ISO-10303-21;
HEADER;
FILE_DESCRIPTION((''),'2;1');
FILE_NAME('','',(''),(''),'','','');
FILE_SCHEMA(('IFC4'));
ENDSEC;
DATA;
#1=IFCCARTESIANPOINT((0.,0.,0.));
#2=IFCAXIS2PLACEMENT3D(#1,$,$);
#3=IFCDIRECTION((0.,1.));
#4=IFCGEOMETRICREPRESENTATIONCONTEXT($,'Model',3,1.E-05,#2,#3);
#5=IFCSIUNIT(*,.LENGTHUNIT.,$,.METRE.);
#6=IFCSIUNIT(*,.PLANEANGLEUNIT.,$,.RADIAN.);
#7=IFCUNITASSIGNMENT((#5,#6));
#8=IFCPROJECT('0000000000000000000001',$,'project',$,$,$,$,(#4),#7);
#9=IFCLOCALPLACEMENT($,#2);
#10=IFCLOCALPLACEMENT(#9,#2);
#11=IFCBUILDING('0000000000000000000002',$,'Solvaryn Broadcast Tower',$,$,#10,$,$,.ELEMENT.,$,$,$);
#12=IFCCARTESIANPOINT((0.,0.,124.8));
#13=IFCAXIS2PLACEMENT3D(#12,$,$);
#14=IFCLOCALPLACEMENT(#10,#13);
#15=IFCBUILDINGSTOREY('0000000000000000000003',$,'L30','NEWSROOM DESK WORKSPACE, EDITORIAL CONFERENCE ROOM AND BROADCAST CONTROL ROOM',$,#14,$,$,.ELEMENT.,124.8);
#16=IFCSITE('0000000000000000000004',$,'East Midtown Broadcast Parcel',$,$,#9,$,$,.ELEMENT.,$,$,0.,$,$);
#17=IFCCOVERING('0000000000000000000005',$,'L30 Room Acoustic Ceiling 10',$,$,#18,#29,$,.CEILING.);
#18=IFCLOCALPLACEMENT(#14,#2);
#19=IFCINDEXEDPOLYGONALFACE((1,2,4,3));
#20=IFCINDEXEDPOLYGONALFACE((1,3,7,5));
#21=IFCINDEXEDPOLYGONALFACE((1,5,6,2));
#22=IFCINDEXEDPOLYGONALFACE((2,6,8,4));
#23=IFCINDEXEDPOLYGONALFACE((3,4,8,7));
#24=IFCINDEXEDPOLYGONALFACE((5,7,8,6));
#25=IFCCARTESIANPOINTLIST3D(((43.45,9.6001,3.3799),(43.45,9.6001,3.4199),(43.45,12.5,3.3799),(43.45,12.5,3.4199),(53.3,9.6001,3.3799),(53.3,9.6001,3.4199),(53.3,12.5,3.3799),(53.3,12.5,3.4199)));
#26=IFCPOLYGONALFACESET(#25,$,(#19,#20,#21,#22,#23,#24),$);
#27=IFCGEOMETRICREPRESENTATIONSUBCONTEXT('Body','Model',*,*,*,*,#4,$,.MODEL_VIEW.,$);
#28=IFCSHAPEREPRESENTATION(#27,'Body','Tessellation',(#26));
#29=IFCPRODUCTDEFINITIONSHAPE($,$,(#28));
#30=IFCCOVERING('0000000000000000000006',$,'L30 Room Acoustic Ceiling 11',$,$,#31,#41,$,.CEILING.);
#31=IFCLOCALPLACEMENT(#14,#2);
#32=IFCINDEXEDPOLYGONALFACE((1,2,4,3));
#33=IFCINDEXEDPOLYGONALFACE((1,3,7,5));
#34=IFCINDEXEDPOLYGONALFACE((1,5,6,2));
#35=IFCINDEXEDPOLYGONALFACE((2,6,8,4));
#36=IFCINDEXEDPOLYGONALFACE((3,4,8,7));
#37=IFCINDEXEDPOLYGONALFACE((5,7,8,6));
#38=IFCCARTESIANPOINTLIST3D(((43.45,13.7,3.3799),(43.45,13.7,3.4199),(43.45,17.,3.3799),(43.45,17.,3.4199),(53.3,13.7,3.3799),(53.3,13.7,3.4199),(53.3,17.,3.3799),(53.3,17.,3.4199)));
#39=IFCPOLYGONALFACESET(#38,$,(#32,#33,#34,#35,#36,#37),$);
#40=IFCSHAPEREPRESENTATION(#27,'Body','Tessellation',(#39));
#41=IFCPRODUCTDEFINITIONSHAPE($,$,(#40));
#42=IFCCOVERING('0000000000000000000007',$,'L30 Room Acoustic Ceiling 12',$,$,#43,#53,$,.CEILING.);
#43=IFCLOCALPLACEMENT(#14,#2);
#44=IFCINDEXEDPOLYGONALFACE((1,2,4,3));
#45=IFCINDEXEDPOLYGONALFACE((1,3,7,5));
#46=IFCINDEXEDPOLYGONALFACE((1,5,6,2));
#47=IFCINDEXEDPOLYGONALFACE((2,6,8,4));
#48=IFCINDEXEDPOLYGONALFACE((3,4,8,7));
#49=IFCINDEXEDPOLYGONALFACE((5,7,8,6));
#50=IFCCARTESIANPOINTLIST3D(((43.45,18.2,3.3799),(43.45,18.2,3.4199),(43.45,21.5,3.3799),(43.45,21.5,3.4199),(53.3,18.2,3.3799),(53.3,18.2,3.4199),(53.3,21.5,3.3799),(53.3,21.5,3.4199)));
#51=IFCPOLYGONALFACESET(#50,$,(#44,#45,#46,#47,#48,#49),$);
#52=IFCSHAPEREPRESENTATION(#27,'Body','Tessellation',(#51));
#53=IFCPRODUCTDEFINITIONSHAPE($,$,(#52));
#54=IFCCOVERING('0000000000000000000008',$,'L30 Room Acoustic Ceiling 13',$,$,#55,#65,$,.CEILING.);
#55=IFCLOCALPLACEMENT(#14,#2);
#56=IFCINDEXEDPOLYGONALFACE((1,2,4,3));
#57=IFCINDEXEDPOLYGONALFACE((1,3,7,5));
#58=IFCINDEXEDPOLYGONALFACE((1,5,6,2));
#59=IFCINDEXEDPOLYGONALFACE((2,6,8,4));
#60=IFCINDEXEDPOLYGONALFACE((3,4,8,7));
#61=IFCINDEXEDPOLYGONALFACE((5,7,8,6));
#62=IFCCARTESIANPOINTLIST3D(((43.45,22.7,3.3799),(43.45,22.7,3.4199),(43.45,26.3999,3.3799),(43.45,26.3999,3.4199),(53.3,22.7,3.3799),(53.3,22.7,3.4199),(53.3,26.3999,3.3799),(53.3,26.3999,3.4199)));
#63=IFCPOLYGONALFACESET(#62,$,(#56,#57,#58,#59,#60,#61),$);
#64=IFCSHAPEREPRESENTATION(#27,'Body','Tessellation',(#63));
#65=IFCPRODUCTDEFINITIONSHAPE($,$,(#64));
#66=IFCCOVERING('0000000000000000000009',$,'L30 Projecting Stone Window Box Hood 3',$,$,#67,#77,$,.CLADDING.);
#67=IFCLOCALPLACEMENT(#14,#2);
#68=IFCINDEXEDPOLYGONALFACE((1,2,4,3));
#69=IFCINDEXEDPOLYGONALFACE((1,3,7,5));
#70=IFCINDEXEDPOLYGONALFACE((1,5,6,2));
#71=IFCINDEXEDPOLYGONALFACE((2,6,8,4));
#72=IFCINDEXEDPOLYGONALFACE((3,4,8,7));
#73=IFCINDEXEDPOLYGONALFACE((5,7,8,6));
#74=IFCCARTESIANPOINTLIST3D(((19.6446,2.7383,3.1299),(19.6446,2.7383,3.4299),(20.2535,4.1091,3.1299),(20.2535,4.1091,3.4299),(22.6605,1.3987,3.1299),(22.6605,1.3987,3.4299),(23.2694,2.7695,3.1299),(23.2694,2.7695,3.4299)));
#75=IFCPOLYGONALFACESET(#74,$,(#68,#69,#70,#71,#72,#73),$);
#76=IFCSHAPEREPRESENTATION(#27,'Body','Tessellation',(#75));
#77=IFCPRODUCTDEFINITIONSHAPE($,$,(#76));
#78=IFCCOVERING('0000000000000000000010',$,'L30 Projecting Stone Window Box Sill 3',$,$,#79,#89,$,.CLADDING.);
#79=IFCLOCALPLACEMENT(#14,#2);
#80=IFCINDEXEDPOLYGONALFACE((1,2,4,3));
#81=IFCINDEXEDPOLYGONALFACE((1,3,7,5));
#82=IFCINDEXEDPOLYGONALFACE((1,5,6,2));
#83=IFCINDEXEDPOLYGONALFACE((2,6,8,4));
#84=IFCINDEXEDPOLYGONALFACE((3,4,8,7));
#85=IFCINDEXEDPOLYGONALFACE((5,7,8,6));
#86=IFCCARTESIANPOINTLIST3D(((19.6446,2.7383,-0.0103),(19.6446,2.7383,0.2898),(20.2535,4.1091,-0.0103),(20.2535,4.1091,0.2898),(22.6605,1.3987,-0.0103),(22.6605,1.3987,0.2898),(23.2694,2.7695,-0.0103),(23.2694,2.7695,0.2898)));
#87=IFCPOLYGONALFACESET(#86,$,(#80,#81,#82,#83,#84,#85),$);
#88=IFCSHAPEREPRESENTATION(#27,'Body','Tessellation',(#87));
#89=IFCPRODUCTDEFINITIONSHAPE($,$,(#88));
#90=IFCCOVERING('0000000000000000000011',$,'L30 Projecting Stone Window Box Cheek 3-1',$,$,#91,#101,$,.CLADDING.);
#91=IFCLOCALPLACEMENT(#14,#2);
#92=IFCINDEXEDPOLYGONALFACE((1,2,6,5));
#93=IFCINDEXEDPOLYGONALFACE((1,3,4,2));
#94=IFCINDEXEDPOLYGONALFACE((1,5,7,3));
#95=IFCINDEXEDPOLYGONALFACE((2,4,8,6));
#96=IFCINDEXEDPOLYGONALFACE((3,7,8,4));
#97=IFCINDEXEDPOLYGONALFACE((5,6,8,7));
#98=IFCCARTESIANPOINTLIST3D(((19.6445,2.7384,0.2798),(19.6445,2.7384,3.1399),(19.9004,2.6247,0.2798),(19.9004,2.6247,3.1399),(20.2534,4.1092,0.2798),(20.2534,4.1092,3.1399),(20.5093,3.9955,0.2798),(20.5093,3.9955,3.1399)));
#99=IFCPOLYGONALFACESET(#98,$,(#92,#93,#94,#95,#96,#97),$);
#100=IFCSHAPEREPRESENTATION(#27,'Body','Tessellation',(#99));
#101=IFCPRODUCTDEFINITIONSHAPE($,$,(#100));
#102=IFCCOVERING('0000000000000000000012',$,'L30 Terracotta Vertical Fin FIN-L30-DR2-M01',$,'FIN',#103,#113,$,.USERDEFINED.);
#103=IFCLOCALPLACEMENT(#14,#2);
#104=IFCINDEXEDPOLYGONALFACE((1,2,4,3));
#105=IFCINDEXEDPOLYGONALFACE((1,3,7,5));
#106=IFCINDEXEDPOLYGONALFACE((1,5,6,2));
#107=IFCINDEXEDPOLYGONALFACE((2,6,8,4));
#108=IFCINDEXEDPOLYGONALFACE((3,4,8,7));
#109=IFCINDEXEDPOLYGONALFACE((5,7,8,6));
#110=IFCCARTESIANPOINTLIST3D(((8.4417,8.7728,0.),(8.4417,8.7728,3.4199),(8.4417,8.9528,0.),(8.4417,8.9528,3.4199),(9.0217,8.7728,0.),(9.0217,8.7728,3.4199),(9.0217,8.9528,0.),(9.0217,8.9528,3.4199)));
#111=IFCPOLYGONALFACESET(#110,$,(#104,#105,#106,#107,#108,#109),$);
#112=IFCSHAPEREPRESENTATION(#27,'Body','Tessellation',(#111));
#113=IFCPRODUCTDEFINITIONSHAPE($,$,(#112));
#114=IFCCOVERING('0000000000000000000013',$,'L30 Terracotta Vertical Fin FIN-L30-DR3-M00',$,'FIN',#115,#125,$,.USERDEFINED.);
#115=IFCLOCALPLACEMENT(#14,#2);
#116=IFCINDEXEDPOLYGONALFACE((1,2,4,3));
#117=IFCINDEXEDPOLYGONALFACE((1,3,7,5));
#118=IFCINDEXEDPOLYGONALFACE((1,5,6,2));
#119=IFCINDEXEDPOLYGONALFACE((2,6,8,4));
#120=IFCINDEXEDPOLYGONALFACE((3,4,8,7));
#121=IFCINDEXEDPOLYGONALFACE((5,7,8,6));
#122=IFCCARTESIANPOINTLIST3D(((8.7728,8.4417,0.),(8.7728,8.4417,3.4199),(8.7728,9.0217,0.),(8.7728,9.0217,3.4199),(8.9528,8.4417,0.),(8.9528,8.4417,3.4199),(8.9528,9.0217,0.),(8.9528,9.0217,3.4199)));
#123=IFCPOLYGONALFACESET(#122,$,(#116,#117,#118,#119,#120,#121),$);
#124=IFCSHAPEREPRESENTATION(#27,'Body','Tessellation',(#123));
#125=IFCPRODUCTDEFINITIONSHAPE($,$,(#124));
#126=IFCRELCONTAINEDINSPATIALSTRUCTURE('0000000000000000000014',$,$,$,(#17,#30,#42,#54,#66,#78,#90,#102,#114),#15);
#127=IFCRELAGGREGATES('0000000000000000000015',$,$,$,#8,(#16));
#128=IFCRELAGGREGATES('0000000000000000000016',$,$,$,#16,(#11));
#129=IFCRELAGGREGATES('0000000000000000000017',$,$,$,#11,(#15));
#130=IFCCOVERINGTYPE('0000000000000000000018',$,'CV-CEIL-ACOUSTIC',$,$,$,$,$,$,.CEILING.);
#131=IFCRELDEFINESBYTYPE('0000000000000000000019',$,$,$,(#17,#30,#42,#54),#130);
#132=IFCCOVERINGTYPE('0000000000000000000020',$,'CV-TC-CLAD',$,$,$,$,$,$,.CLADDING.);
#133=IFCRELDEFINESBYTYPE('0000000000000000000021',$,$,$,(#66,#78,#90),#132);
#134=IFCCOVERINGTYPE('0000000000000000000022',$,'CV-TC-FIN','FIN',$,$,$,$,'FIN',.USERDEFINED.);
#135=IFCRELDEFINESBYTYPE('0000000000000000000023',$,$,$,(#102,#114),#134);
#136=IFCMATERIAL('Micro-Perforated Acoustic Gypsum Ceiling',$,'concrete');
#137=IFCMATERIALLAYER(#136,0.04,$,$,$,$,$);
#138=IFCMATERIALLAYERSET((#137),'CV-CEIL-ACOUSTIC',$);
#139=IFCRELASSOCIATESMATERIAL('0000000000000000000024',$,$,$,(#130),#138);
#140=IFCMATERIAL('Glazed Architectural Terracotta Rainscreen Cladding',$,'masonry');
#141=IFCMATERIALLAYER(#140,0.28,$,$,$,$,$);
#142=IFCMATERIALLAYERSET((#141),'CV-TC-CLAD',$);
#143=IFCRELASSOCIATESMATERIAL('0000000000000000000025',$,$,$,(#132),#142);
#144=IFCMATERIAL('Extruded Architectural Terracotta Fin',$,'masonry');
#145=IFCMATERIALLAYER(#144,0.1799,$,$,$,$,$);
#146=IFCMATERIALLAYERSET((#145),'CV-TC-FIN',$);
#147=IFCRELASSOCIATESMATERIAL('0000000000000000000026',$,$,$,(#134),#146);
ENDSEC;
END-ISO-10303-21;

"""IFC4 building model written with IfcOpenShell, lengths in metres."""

from ifc_helpers import new_model, si_unit, direction, frame, origin, origin_2d, place, context, subcontext, project, spatial, polyline, rectangle, outline, extrude, material, layer, layer_set, type_object, element, save


model = new_model("IFC4")

# Units and contexts
model_context = context("Model", 3, precision=1e-05, world=origin(), true_north=direction((0.0, 1.0)))
body_context = subcontext(model_context, "Body", "Model", "MODEL_VIEW")
ifc_project = project(units=[si_unit("LENGTHUNIT", "METRE"), si_unit("PLANEANGLEUNIT", "RADIAN")], contexts=[model_context])

# Site, building, storey
site_placement = place(None, origin())
site = spatial("IfcSite", under=ifc_project, at=site_placement, Name="East Midtown Broadcast Parcel", CompositionType="ELEMENT", RefElevation=0.0)
building_placement = place(site_placement, origin())
building = spatial("IfcBuilding", under=site, at=building_placement, Name="Solvaryn Broadcast Tower", CompositionType="ELEMENT")
storey_placement = place(building_placement, frame((0.0, 0.0, 124.8)))
storey = spatial("IfcBuildingStorey", under=building, at=storey_placement, Name="L30", Description="NEWSROOM DESK WORKSPACE, EDITORIAL CONFERENCE ROOM AND BROADCAST CONTROL ROOM", CompositionType="ELEMENT", Elevation=124.8)

# Coverings
ifc_material_1 = material(Name="Micro-Perforated Acoustic Gypsum Ceiling", Category="concrete")
ifc_layer_1 = layer(ifc_material_1, 0.04)
ifc_layer_set_1 = layer_set([ifc_layer_1], Name="CV-CEIL-ACOUSTIC")
covering_type_1 = type_object("IfcCoveringType", Name="CV-CEIL-ACOUSTIC", PredefinedType="CEILING", material=ifc_layer_set_1)
covering_1_placement = place(storey_placement, frame((0.0, 0.0, 3.3799)))
element("IfcCovering", 1, at=covering_1_placement, inside=storey, type_object=covering_type_1, Name="L30 Room Acoustic Ceiling 10", PredefinedType="CEILING", context=body_context, shape_type="SweptSolid", body=[
    extrude(outline(polyline([(43.45, 9.6001), (53.3, 9.6001), (53.3, 12.5), (43.45, 12.5), (43.45, 9.6001)])), origin(), (0.0, 0.0, 1.0), 0.04),
])
covering_2_placement = place(storey_placement, frame((0.0, 0.0, 3.3799)))
element("IfcCovering", 2, at=covering_2_placement, inside=storey, type_object=covering_type_1, Name="L30 Room Acoustic Ceiling 11", PredefinedType="CEILING", context=body_context, shape_type="SweptSolid", body=[
    extrude(outline(polyline([(43.45, 13.7), (53.3, 13.7), (53.3, 17.0), (43.45, 17.0), (43.45, 13.7)])), origin(), (0.0, 0.0, 1.0), 0.04),
])
covering_3_placement = place(storey_placement, frame((0.0, 0.0, 3.3799)))
element("IfcCovering", 3, at=covering_3_placement, inside=storey, type_object=covering_type_1, Name="L30 Room Acoustic Ceiling 12", PredefinedType="CEILING", context=body_context, shape_type="SweptSolid", body=[
    extrude(outline(polyline([(43.45, 18.2), (53.3, 18.2), (53.3, 21.5), (43.45, 21.5), (43.45, 18.2)])), origin(), (0.0, 0.0, 1.0), 0.04),
])
covering_4_placement = place(storey_placement, frame((0.0, 0.0, 3.3799)))
element("IfcCovering", 4, at=covering_4_placement, inside=storey, type_object=covering_type_1, Name="L30 Room Acoustic Ceiling 13", PredefinedType="CEILING", context=body_context, shape_type="SweptSolid", body=[
    extrude(outline(polyline([(43.45, 22.7), (53.3, 22.7), (53.3, 26.3999), (43.45, 26.3999), (43.45, 22.7)])), origin(), (0.0, 0.0, 1.0), 0.04),
])
ifc_material_2 = material(Name="Glazed Architectural Terracotta Rainscreen Cladding", Category="masonry")
ifc_layer_2 = layer(ifc_material_2, 0.28)
ifc_layer_set_2 = layer_set([ifc_layer_2], Name="CV-TC-CLAD")
covering_type_2 = type_object("IfcCoveringType", Name="CV-TC-CLAD", PredefinedType="CLADDING", material=ifc_layer_set_2)
for number, where, z_axis, x_axis, name in (
    (5, (21.457, 2.7539, 3.1299), (0.0, 0.0, 1.0), (0.9139, -0.405939, 0.0), "L30 Projecting Stone Window Box Hood 3"),
    (6, (21.457, 2.7539, -0.0103), (0.0, 0.0, 1.0), (0.9139, -0.405939, 0.0), "L30 Projecting Stone Window Box Sill 3"),
):
    element("IfcCovering", number, at=place(storey_placement, frame(where, z_axis=z_axis, x_axis=x_axis)), inside=storey, type_object=covering_type_2, Name=name, PredefinedType="CLADDING", context=body_context, shape_type="SweptSolid", body=[
        extrude(rectangle(XDim=3.3, YDim=1.5, at=origin_2d()), origin(), (0.0, 0.0, 1.0), 0.3),
    ])
covering_5_placement = place(storey_placement, frame((20.0769, 3.3669, 0.2798), z_axis=(0.0, 0.0, 1.0), x_axis=(0.9139, -0.405939, 0.0)))
element("IfcCovering", 7, at=covering_5_placement, inside=storey, type_object=covering_type_2, Name="L30 Projecting Stone Window Box Cheek 3-1", PredefinedType="CLADDING", context=body_context, shape_type="SweptSolid", body=[
    extrude(rectangle(XDim=0.28, YDim=1.5, at=origin_2d()), origin(), (0.0, 0.0, 1.0), 2.8601),
])
ifc_material_3 = material(Name="Extruded Architectural Terracotta Fin", Category="masonry")
ifc_layer_3 = layer(ifc_material_3, 0.1799)
ifc_layer_set_3 = layer_set([ifc_layer_3], Name="CV-TC-FIN")
covering_type_3 = type_object("IfcCoveringType", Name="CV-TC-FIN", Description="FIN", ElementType="FIN", PredefinedType="USERDEFINED", material=ifc_layer_set_3)
covering_6_placement = place(storey_placement, frame((8.7317, 8.8628, 0.0), z_axis=(0.0, 0.0, 1.0), x_axis=(1.0, 0.0, 0.0)))
element("IfcCovering", 8, at=covering_6_placement, inside=storey, type_object=covering_type_3, Name="L30 Terracotta Vertical Fin FIN-L30-DR2-M01", ObjectType="FIN", PredefinedType="USERDEFINED", context=body_context, shape_type="SweptSolid", body=[
    extrude(rectangle(XDim=0.5801, YDim=0.1799, at=origin_2d()), origin(), (0.0, 0.0, 1.0), 3.4199),
])
covering_7_placement = place(storey_placement, frame((8.8628, 8.7317, 0.0), z_axis=(0.0, 0.0, 1.0), x_axis=(1.0, 0.0, 0.0)))
element("IfcCovering", 9, at=covering_7_placement, inside=storey, type_object=covering_type_3, Name="L30 Terracotta Vertical Fin FIN-L30-DR3-M00", ObjectType="FIN", PredefinedType="USERDEFINED", context=body_context, shape_type="SweptSolid", body=[
    extrude(rectangle(XDim=0.1799, YDim=0.5801, at=origin_2d()), origin(), (0.0, 0.0, 1.0), 3.4199),
])

save(model, "model.ifc")
